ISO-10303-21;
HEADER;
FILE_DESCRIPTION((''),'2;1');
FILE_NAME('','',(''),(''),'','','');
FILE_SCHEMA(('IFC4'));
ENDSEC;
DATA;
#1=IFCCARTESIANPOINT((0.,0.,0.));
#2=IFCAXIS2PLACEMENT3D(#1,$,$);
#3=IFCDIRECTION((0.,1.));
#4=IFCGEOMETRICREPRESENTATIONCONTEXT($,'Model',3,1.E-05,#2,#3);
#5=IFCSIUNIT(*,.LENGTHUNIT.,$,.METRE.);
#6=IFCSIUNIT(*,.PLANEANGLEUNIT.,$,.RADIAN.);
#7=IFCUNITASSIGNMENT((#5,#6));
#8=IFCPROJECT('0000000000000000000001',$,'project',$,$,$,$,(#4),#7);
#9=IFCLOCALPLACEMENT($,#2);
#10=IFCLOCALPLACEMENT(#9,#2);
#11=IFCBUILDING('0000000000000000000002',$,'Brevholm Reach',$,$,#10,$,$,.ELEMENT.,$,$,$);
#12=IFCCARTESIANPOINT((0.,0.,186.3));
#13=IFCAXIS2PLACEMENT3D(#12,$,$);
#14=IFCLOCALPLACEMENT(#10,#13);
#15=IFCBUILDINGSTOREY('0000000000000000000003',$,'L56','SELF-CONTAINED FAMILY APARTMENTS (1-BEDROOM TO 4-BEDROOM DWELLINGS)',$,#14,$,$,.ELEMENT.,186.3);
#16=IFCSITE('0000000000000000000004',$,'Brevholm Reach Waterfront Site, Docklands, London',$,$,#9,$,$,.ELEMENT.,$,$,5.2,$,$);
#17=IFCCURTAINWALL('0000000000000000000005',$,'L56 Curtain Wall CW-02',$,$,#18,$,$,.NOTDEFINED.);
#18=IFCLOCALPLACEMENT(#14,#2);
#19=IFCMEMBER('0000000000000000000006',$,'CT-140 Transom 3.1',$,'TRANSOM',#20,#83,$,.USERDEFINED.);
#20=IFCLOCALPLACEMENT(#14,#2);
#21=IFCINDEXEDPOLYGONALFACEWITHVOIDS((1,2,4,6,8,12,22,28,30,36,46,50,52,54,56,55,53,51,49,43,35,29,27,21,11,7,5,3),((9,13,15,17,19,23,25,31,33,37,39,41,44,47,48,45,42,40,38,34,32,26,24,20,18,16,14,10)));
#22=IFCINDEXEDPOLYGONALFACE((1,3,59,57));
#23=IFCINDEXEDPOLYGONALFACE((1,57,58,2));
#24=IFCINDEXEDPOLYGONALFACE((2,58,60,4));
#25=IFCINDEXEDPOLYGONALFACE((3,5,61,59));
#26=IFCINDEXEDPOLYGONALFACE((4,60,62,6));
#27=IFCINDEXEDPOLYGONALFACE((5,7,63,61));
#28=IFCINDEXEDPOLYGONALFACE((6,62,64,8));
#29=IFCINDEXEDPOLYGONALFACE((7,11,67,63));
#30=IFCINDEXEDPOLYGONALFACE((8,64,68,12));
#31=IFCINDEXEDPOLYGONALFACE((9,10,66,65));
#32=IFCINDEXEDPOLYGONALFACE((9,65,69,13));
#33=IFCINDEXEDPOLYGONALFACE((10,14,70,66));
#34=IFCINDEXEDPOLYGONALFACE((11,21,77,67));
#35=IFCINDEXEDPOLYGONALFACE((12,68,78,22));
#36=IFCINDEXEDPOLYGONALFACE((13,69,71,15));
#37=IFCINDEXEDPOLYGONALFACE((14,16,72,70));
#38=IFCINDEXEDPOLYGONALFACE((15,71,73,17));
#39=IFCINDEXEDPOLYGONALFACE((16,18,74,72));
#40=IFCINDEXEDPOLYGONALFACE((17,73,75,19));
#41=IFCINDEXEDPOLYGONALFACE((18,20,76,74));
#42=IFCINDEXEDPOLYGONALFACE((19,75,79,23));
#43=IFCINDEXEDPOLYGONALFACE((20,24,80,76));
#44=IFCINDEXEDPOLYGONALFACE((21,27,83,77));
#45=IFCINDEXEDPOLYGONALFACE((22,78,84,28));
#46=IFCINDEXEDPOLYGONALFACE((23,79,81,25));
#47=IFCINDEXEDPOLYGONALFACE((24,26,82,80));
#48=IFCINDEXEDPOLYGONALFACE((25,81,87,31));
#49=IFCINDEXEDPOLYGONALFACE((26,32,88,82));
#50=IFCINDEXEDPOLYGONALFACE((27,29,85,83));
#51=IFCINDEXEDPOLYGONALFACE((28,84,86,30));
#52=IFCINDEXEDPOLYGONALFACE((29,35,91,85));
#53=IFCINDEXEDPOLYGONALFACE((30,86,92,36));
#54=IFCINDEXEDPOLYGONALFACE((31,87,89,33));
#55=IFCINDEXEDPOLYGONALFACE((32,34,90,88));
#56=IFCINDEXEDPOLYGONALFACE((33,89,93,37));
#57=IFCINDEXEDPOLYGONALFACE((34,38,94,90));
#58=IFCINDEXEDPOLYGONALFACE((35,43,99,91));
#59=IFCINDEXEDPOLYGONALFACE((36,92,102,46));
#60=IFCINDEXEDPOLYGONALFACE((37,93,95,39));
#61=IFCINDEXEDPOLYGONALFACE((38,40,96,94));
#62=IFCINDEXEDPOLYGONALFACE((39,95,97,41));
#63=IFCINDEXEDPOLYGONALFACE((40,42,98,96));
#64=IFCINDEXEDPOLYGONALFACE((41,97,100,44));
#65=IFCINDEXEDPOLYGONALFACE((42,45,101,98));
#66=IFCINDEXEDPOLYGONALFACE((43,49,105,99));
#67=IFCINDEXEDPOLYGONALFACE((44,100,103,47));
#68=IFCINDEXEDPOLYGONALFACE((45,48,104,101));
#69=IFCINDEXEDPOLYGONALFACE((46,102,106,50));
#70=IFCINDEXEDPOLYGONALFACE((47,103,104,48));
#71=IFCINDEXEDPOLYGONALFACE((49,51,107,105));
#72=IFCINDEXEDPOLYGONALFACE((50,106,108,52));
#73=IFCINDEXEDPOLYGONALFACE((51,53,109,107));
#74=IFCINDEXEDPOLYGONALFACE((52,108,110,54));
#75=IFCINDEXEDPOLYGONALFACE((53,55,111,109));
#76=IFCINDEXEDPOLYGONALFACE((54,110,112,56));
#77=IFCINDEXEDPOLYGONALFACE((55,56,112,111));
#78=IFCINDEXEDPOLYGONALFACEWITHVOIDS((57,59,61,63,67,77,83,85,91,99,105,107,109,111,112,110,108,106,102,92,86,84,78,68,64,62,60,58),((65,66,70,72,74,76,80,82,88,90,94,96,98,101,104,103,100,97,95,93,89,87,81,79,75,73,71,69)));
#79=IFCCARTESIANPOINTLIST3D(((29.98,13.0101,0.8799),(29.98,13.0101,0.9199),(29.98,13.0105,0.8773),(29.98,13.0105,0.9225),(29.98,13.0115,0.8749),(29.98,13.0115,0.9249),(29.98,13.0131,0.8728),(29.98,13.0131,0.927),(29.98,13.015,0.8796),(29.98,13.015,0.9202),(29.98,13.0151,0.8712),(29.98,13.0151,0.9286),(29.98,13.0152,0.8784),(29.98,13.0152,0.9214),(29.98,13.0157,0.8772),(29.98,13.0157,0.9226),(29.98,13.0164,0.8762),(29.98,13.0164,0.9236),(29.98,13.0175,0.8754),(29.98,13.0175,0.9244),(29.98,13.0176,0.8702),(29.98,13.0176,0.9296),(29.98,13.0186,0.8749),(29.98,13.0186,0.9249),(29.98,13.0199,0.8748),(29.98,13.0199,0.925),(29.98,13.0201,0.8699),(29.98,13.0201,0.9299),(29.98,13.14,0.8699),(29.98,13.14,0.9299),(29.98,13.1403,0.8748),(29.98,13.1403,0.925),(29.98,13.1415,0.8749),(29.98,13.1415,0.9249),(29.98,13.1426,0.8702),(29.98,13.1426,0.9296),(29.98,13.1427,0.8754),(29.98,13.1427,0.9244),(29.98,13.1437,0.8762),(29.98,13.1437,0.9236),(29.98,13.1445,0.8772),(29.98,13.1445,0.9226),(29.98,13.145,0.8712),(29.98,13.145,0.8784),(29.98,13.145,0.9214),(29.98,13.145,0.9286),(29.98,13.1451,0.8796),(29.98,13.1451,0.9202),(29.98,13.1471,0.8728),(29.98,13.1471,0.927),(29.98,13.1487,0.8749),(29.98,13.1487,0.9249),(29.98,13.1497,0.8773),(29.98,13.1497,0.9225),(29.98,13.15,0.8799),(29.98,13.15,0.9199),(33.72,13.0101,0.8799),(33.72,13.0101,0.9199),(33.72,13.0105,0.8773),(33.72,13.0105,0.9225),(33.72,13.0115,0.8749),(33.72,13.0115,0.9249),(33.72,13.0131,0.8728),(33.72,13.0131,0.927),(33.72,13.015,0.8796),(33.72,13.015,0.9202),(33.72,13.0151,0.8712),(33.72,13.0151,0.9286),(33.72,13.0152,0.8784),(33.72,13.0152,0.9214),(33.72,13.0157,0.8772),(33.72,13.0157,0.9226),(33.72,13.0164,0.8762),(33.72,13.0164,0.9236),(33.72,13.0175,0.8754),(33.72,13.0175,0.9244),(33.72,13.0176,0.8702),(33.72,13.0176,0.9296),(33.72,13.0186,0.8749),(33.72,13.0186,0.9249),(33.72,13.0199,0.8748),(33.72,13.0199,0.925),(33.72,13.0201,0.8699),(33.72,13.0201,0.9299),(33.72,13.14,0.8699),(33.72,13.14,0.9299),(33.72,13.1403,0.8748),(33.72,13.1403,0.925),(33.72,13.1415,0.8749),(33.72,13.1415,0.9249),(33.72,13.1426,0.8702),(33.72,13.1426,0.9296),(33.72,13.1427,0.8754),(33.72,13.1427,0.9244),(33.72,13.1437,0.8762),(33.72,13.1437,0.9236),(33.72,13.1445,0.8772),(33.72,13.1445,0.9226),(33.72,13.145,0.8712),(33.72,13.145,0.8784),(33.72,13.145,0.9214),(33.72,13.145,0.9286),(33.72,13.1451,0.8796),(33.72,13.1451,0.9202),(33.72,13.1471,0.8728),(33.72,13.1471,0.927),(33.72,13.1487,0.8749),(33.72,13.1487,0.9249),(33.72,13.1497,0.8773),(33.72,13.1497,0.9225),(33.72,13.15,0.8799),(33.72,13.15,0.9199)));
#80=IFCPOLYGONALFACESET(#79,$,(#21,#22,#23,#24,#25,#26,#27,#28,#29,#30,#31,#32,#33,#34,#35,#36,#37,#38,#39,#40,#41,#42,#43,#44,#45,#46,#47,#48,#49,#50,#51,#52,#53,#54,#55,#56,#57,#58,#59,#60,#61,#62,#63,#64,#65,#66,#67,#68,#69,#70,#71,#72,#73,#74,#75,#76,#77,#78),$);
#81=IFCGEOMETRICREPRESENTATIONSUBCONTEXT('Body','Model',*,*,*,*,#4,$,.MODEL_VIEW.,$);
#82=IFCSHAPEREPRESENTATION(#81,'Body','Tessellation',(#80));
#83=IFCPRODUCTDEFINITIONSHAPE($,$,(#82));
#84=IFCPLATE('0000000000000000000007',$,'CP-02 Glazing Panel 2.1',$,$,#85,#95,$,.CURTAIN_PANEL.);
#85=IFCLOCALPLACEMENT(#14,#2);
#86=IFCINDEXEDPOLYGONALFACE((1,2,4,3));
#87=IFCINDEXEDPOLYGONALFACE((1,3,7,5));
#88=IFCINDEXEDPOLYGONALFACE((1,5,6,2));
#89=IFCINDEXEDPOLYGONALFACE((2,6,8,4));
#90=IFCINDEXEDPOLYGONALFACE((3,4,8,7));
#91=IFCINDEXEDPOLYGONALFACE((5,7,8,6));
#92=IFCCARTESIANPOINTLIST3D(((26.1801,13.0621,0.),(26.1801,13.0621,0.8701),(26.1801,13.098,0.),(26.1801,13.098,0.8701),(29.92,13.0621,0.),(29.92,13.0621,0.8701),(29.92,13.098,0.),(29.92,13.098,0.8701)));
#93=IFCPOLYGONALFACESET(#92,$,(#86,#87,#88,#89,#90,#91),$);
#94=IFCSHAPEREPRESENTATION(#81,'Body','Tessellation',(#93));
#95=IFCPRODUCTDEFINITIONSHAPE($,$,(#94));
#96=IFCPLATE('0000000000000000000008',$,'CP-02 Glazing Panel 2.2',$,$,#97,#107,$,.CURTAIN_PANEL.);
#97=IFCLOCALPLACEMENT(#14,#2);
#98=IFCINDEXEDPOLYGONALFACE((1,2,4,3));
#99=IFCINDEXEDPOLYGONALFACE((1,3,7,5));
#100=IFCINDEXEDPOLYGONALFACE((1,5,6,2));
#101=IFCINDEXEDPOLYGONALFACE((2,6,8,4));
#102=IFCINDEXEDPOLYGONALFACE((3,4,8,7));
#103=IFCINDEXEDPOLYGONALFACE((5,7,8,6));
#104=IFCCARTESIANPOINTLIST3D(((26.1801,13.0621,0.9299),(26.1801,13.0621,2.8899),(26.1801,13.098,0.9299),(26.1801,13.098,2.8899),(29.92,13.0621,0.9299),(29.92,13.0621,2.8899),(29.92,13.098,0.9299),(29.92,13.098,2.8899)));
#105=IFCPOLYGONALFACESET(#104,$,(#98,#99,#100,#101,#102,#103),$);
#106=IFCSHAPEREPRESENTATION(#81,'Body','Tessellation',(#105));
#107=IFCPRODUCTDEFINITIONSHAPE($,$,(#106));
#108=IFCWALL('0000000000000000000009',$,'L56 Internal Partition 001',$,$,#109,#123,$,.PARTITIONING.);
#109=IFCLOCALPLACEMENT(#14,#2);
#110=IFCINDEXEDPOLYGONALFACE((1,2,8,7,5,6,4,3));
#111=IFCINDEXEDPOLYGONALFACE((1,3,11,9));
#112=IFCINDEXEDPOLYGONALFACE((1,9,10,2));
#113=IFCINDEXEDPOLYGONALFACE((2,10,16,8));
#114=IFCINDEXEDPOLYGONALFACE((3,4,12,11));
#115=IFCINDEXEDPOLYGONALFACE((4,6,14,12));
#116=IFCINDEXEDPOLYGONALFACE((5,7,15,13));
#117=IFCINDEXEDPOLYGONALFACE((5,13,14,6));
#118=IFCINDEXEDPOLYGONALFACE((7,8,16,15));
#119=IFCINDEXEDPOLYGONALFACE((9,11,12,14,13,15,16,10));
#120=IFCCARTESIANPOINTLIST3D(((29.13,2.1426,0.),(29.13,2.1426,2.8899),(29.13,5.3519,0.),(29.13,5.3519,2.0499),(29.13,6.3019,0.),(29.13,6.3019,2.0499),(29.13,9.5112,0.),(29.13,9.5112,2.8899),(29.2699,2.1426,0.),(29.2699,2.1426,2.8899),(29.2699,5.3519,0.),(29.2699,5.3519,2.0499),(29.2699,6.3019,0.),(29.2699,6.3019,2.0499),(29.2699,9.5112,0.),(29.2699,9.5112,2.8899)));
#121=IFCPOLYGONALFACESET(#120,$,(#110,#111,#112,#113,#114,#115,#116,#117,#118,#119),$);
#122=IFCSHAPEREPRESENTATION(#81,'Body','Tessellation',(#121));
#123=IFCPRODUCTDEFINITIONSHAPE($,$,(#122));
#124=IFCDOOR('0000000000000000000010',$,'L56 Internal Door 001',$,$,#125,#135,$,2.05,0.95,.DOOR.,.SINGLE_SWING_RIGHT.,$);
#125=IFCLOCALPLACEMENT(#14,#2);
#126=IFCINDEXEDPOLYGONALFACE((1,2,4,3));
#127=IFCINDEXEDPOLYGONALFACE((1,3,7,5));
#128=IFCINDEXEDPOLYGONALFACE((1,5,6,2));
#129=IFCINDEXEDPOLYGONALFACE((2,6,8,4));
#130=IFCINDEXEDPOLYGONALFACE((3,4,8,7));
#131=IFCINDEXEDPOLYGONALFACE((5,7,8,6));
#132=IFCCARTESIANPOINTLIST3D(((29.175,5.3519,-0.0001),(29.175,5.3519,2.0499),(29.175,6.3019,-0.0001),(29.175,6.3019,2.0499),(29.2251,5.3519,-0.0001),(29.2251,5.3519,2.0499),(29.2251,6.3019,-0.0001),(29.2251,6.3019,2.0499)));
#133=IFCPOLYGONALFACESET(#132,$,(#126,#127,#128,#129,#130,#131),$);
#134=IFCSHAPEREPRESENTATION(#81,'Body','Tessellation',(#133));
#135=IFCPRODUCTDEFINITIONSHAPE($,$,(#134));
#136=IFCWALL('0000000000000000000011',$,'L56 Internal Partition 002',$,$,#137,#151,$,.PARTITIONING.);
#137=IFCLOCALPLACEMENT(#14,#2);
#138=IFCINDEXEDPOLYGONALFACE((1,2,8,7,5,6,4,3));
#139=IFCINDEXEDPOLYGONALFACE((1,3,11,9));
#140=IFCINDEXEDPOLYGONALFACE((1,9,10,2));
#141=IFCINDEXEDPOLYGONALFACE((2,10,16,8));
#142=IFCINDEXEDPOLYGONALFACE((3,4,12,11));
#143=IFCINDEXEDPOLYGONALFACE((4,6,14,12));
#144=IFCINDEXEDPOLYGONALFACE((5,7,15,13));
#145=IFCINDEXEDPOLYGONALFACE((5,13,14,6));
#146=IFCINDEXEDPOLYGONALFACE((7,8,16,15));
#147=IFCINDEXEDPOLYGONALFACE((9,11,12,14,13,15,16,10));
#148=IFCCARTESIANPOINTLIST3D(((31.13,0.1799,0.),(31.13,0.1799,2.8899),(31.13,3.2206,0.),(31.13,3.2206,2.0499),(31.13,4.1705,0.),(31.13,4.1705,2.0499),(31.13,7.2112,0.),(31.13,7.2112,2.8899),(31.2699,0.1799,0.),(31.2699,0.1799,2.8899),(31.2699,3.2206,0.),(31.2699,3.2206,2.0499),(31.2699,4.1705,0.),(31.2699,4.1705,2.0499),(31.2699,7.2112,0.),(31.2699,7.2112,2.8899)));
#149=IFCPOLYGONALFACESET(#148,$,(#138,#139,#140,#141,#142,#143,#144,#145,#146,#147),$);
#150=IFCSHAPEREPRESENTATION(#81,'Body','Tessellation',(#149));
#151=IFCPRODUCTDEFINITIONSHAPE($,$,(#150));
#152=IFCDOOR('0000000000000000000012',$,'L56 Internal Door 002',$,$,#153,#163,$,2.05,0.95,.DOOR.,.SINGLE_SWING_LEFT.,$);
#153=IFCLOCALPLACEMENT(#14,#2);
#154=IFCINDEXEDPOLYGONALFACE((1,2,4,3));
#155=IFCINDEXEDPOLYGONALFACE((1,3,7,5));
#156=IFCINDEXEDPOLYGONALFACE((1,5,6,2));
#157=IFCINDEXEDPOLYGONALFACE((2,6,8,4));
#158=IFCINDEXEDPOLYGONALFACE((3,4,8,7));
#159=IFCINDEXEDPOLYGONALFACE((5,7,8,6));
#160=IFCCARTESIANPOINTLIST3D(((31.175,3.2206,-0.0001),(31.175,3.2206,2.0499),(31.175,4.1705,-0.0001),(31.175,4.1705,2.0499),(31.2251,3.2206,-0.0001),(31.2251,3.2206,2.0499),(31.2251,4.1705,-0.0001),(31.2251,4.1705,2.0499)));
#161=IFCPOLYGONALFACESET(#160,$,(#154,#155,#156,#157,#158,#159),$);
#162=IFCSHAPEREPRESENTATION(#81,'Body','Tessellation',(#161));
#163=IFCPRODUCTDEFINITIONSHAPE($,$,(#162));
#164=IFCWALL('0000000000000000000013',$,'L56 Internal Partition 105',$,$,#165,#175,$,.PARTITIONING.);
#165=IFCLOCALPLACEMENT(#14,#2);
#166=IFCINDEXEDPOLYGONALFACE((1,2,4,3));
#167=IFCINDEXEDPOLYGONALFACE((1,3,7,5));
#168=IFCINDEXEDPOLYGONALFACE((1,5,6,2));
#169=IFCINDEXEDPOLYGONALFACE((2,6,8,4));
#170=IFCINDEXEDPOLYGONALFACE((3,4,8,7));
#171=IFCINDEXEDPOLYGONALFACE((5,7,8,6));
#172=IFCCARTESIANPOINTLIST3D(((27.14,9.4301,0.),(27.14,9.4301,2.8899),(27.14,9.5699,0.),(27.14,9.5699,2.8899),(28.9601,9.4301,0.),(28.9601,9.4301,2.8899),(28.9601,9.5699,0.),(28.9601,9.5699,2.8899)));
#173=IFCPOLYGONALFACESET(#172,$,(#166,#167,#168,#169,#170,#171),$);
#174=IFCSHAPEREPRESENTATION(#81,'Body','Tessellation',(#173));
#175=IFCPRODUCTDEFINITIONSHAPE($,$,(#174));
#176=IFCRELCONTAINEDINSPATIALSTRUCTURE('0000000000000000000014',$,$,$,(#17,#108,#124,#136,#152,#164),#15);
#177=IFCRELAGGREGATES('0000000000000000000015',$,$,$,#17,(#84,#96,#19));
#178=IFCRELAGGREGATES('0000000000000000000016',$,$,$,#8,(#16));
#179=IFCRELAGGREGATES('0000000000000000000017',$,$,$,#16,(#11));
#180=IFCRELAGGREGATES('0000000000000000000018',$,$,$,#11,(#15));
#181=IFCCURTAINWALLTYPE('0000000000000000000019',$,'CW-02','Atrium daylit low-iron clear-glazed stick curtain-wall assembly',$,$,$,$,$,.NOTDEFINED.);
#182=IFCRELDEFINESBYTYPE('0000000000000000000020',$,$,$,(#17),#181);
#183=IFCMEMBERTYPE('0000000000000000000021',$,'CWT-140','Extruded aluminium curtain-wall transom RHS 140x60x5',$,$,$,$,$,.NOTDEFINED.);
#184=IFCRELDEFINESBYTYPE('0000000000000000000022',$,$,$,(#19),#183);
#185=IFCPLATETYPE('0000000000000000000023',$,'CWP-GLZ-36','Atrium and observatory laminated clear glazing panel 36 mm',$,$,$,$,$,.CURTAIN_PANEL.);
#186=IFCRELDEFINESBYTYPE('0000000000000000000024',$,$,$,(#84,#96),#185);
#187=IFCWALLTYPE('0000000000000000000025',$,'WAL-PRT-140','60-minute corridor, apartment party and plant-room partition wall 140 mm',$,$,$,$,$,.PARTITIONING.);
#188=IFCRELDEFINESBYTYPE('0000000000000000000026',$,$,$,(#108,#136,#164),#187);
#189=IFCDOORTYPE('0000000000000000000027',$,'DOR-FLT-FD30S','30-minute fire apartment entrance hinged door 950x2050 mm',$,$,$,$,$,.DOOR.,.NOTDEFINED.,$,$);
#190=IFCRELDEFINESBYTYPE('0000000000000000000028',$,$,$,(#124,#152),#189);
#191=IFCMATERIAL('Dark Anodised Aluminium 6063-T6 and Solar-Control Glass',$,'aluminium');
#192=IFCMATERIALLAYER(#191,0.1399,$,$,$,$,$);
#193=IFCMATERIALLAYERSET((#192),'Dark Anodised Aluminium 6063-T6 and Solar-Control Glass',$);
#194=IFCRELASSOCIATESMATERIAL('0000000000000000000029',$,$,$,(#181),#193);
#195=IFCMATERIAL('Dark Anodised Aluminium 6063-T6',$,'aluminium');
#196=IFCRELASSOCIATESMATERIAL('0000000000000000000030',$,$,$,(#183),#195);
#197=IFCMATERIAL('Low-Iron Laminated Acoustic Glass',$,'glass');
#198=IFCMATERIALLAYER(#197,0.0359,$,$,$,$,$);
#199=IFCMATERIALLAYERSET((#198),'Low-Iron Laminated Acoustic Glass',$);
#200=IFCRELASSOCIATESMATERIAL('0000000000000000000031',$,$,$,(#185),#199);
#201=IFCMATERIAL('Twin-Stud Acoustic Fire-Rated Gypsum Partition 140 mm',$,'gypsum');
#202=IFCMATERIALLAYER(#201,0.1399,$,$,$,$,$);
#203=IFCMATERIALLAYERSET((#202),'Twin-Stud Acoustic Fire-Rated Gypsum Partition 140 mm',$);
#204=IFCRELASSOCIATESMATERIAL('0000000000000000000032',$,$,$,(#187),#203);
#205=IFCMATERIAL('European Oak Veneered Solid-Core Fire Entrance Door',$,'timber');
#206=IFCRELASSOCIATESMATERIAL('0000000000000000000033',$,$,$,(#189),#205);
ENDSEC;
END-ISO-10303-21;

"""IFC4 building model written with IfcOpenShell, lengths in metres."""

from ifc_helpers import new_model, si_unit, direction, frame, frame_2d, origin, origin_2d, place, context, subcontext, project, spatial, rectangle, hollow_rectangle, extrude, material, layer, layer_set, material_profile, profile_set, type_object, element, fill, aggregate, save


model = new_model("IFC4")

# Units and contexts
model_context = context("Model", 3, precision=1e-05, world=origin(), true_north=direction((0.0, 1.0)))
body_context = subcontext(model_context, "Body", "Model", "MODEL_VIEW")
ifc_project = project(units=[si_unit("LENGTHUNIT", "METRE"), si_unit("PLANEANGLEUNIT", "RADIAN")], contexts=[model_context])

# Site, building, storey
site_placement = place(None, origin())
site = spatial("IfcSite", under=ifc_project, at=site_placement, Name="Brevholm Reach Waterfront Site, Docklands, London", CompositionType="ELEMENT", RefElevation=5.2)
building_placement = place(site_placement, origin())
building = spatial("IfcBuilding", under=site, at=building_placement, Name="Brevholm Reach", CompositionType="ELEMENT")
storey_placement = place(building_placement, frame((0.0, 0.0, 186.3)))
storey = spatial("IfcBuildingStorey", under=building, at=storey_placement, Name="L56", Description="SELF-CONTAINED FAMILY APARTMENTS (1-BEDROOM TO 4-BEDROOM DWELLINGS)", CompositionType="ELEMENT", Elevation=186.3)

# Curtain wall, member, plates
ifc_material_1 = material(Name="Dark Anodised Aluminium 6063-T6 and Solar-Control Glass", Category="aluminium")
ifc_layer_1 = layer(ifc_material_1, 0.1399)
ifc_layer_set_1 = layer_set([ifc_layer_1], Name="Dark Anodised Aluminium 6063-T6 and Solar-Control Glass")
curtain_wall_type = type_object("IfcCurtainWallType", Name="CW-02", Description="Atrium daylit low-iron clear-glazed stick curtain-wall assembly", PredefinedType="NOTDEFINED", material=ifc_layer_set_1)
curtain_wall_placement = place(storey_placement, origin())
curtain_wall = element("IfcCurtainWall", 1, at=curtain_wall_placement, inside=storey, type_object=curtain_wall_type, Name="L56 Curtain Wall CW-02", PredefinedType="NOTDEFINED")
ifc_material_2 = material(Name="Dark Anodised Aluminium 6063-T6", Category="aluminium")
ifc_material_profile_1 = material_profile(ifc_material_2, hollow_rectangle(XDim=0.0601, YDim=0.1399, WallThickness=0.0049, InnerFilletRadius=0.0049, OuterFilletRadius=0.01, at=origin_2d()), Name="RHS 140x60x5")
ifc_profile_set_1 = profile_set([ifc_material_profile_1], Name="Dark Anodised Aluminium 6063-T6")
member_type_1 = type_object("IfcMemberType", Name="CWT-140", Description="Extruded aluminium curtain-wall transom RHS 140x60x5", PredefinedType="NOTDEFINED", material=ifc_profile_set_1)
member_1_placement = place(storey_placement, frame((29.98, 13.0801, 0.8999), z_axis=(1.0, 0.0, 0.0), x_axis=(0.0, 0.0, 1.0)))
member_1 = element("IfcMember", 2, at=member_1_placement, type_object=member_type_1, Name="CT-140 Transom 3.1", ObjectType="TRANSOM", PredefinedType="USERDEFINED", context=body_context, shape_type="SweptSolid", body=[
    extrude(hollow_rectangle(XDim=0.0601, YDim=0.1399, WallThickness=0.0049, InnerFilletRadius=0.0049, OuterFilletRadius=0.01, at=origin_2d()), origin(), (0.0, 0.0, 1.0), 3.74),
])
ifc_material_3 = material(Name="Low-Iron Laminated Acoustic Glass", Category="glass")
ifc_layer_2 = layer(ifc_material_3, 0.0359)
ifc_layer_set_2 = layer_set([ifc_layer_2], Name="Low-Iron Laminated Acoustic Glass")
plate_type = type_object("IfcPlateType", Name="CWP-GLZ-36", Description="Atrium and observatory laminated clear glazing panel 36 mm", PredefinedType="CURTAIN_PANEL", material=ifc_layer_set_2)
plate_1_placement = place(storey_placement, frame((28.05, 13.0801, 0.0), z_axis=(0.0, 0.0, 1.0), x_axis=(1.0, 0.0, 0.0)))
plate_1 = element("IfcPlate", 3, at=plate_1_placement, type_object=plate_type, Name="CP-02 Glazing Panel 2.1", PredefinedType="CURTAIN_PANEL", context=body_context, shape_type="SweptSolid", body=[
    extrude(rectangle(XDim=3.74, YDim=0.0359, at=origin_2d()), origin(), (0.0, 0.0, 1.0), 0.8701),
])
plate_2_placement = place(storey_placement, frame((28.05, 13.0801, 0.9299), z_axis=(0.0, 0.0, 1.0), x_axis=(1.0, 0.0, 0.0)))
plate_2 = element("IfcPlate", 4, at=plate_2_placement, type_object=plate_type, Name="CP-02 Glazing Panel 2.2", PredefinedType="CURTAIN_PANEL", context=body_context, shape_type="SweptSolid", body=[
    extrude(rectangle(XDim=3.74, YDim=0.0359, at=origin_2d()), origin(), (0.0, 0.0, 1.0), 1.96),
])
aggregate(curtain_wall, [plate_1, plate_2, member_1])

# Walls, openings, doors
ifc_material_4 = material(Name="Twin-Stud Acoustic Fire-Rated Gypsum Partition 140 mm", Category="gypsum")
ifc_layer_3 = layer(ifc_material_4, 0.1399)
ifc_layer_set_3 = layer_set([ifc_layer_3], Name="Twin-Stud Acoustic Fire-Rated Gypsum Partition 140 mm")
wall_type = type_object("IfcWallType", Name="WAL-PRT-140", Description="60-minute corridor, apartment party and plant-room partition wall 140 mm", PredefinedType="PARTITIONING", material=ifc_layer_set_3)
wall_1_placement = place(storey_placement, frame((29.2, 2.1426, 0.0), z_axis=(0.0, 0.0, 1.0), x_axis=(0.0, 1.0, 0.0)))
wall_1 = element("IfcWall", 5, at=wall_1_placement, inside=storey, type_object=wall_type, Name="L56 Internal Partition 001", PredefinedType="PARTITIONING", context=body_context, shape_type="SweptSolid", body=[
    extrude(rectangle(XDim=7.3687, YDim=0.1399, at=frame_2d((3.6843, 0.0))), origin(), (0.0, 0.0, 1.0), 2.8899),
])
opening_1_placement = place(wall_1_placement, frame((3.2092, 0.0, 0.0)))
opening_1 = element("IfcOpeningElement", 6, at=opening_1_placement, cuts=wall_1, PredefinedType="OPENING", context=body_context, shape_type="SweptSolid", body=[
    extrude(rectangle(XDim=0.95, YDim=2.05, at=frame_2d((0.4751, 1.0249))), frame((0.0, 0.0798, 0.0), z_axis=(0.0, -1.0, 0.0), x_axis=(1.0, 0.0, 0.0)), (0.0, 0.0, 1.0), 0.1599),
])
ifc_material_5 = material(Name="European Oak Veneered Solid-Core Fire Entrance Door", Category="timber")
door_type = type_object("IfcDoorType", Name="DOR-FLT-FD30S", Description="30-minute fire apartment entrance hinged door 950x2050 mm", OperationType="NOTDEFINED", PredefinedType="DOOR", material=ifc_material_5)
door_1_placement = place(opening_1_placement, origin())
door_1 = element("IfcDoor", 7, at=door_1_placement, inside=storey, type_object=door_type, Name="L56 Internal Door 001", OperationType="SINGLE_SWING_RIGHT", OverallHeight=2.05, OverallWidth=0.95, PredefinedType="DOOR", context=body_context, shape_type="SweptSolid", body=[
    extrude(rectangle(XDim=0.95, YDim=2.05, at=frame_2d((0.4751, 1.0249))), frame((0.0, 0.0249, 0.0), z_axis=(0.0, -1.0, 0.0), x_axis=(1.0, 0.0, 0.0)), (0.0, 0.0, 1.0), 0.05),
])
fill(opening_1, door_1)
wall_2_placement = place(storey_placement, frame((31.2, 0.1799, 0.0), z_axis=(0.0, 0.0, 1.0), x_axis=(0.0, 1.0, 0.0)))
wall_2 = element("IfcWall", 8, at=wall_2_placement, inside=storey, type_object=wall_type, Name="L56 Internal Partition 002", PredefinedType="PARTITIONING", context=body_context, shape_type="SweptSolid", body=[
    extrude(rectangle(XDim=7.0312, YDim=0.1399, at=frame_2d((3.5156, 0.0))), origin(), (0.0, 0.0, 1.0), 2.8899),
])
opening_2_placement = place(wall_2_placement, frame((3.0405, 0.0, 0.0)))
opening_2 = element("IfcOpeningElement", 9, at=opening_2_placement, cuts=wall_2, PredefinedType="OPENING", context=body_context, shape_type="SweptSolid", body=[
    extrude(rectangle(XDim=0.95, YDim=2.05, at=frame_2d((0.4751, 1.0249))), frame((0.0, 0.0798, 0.0), z_axis=(0.0, -1.0, 0.0), x_axis=(1.0, 0.0, 0.0)), (0.0, 0.0, 1.0), 0.1599),
])
door_2_placement = place(opening_2_placement, origin())
door_2 = element("IfcDoor", 10, at=door_2_placement, inside=storey, type_object=door_type, Name="L56 Internal Door 002", OperationType="SINGLE_SWING_LEFT", OverallHeight=2.05, OverallWidth=0.95, PredefinedType="DOOR", context=body_context, shape_type="SweptSolid", body=[
    extrude(rectangle(XDim=0.95, YDim=2.05, at=frame_2d((0.4751, 1.0249))), frame((0.0, 0.0249, 0.0), z_axis=(0.0, -1.0, 0.0), x_axis=(1.0, 0.0, 0.0)), (0.0, 0.0, 1.0), 0.05),
])
fill(opening_2, door_2)

# Wall
wall_3_placement = place(storey_placement, frame((27.1399, 9.5, 0.0), z_axis=(0.0, 0.0, 1.0), x_axis=(1.0, 0.0, 0.0)))
element("IfcWall", 11, at=wall_3_placement, inside=storey, type_object=wall_type, Name="L56 Internal Partition 105", PredefinedType="PARTITIONING", context=body_context, shape_type="SweptSolid", body=[
    extrude(rectangle(XDim=1.8201, YDim=0.1399, at=frame_2d((0.9102, 0.0))), origin(), (0.0, 0.0, 1.0), 2.8899),
])

save(model, "model.ifc")
